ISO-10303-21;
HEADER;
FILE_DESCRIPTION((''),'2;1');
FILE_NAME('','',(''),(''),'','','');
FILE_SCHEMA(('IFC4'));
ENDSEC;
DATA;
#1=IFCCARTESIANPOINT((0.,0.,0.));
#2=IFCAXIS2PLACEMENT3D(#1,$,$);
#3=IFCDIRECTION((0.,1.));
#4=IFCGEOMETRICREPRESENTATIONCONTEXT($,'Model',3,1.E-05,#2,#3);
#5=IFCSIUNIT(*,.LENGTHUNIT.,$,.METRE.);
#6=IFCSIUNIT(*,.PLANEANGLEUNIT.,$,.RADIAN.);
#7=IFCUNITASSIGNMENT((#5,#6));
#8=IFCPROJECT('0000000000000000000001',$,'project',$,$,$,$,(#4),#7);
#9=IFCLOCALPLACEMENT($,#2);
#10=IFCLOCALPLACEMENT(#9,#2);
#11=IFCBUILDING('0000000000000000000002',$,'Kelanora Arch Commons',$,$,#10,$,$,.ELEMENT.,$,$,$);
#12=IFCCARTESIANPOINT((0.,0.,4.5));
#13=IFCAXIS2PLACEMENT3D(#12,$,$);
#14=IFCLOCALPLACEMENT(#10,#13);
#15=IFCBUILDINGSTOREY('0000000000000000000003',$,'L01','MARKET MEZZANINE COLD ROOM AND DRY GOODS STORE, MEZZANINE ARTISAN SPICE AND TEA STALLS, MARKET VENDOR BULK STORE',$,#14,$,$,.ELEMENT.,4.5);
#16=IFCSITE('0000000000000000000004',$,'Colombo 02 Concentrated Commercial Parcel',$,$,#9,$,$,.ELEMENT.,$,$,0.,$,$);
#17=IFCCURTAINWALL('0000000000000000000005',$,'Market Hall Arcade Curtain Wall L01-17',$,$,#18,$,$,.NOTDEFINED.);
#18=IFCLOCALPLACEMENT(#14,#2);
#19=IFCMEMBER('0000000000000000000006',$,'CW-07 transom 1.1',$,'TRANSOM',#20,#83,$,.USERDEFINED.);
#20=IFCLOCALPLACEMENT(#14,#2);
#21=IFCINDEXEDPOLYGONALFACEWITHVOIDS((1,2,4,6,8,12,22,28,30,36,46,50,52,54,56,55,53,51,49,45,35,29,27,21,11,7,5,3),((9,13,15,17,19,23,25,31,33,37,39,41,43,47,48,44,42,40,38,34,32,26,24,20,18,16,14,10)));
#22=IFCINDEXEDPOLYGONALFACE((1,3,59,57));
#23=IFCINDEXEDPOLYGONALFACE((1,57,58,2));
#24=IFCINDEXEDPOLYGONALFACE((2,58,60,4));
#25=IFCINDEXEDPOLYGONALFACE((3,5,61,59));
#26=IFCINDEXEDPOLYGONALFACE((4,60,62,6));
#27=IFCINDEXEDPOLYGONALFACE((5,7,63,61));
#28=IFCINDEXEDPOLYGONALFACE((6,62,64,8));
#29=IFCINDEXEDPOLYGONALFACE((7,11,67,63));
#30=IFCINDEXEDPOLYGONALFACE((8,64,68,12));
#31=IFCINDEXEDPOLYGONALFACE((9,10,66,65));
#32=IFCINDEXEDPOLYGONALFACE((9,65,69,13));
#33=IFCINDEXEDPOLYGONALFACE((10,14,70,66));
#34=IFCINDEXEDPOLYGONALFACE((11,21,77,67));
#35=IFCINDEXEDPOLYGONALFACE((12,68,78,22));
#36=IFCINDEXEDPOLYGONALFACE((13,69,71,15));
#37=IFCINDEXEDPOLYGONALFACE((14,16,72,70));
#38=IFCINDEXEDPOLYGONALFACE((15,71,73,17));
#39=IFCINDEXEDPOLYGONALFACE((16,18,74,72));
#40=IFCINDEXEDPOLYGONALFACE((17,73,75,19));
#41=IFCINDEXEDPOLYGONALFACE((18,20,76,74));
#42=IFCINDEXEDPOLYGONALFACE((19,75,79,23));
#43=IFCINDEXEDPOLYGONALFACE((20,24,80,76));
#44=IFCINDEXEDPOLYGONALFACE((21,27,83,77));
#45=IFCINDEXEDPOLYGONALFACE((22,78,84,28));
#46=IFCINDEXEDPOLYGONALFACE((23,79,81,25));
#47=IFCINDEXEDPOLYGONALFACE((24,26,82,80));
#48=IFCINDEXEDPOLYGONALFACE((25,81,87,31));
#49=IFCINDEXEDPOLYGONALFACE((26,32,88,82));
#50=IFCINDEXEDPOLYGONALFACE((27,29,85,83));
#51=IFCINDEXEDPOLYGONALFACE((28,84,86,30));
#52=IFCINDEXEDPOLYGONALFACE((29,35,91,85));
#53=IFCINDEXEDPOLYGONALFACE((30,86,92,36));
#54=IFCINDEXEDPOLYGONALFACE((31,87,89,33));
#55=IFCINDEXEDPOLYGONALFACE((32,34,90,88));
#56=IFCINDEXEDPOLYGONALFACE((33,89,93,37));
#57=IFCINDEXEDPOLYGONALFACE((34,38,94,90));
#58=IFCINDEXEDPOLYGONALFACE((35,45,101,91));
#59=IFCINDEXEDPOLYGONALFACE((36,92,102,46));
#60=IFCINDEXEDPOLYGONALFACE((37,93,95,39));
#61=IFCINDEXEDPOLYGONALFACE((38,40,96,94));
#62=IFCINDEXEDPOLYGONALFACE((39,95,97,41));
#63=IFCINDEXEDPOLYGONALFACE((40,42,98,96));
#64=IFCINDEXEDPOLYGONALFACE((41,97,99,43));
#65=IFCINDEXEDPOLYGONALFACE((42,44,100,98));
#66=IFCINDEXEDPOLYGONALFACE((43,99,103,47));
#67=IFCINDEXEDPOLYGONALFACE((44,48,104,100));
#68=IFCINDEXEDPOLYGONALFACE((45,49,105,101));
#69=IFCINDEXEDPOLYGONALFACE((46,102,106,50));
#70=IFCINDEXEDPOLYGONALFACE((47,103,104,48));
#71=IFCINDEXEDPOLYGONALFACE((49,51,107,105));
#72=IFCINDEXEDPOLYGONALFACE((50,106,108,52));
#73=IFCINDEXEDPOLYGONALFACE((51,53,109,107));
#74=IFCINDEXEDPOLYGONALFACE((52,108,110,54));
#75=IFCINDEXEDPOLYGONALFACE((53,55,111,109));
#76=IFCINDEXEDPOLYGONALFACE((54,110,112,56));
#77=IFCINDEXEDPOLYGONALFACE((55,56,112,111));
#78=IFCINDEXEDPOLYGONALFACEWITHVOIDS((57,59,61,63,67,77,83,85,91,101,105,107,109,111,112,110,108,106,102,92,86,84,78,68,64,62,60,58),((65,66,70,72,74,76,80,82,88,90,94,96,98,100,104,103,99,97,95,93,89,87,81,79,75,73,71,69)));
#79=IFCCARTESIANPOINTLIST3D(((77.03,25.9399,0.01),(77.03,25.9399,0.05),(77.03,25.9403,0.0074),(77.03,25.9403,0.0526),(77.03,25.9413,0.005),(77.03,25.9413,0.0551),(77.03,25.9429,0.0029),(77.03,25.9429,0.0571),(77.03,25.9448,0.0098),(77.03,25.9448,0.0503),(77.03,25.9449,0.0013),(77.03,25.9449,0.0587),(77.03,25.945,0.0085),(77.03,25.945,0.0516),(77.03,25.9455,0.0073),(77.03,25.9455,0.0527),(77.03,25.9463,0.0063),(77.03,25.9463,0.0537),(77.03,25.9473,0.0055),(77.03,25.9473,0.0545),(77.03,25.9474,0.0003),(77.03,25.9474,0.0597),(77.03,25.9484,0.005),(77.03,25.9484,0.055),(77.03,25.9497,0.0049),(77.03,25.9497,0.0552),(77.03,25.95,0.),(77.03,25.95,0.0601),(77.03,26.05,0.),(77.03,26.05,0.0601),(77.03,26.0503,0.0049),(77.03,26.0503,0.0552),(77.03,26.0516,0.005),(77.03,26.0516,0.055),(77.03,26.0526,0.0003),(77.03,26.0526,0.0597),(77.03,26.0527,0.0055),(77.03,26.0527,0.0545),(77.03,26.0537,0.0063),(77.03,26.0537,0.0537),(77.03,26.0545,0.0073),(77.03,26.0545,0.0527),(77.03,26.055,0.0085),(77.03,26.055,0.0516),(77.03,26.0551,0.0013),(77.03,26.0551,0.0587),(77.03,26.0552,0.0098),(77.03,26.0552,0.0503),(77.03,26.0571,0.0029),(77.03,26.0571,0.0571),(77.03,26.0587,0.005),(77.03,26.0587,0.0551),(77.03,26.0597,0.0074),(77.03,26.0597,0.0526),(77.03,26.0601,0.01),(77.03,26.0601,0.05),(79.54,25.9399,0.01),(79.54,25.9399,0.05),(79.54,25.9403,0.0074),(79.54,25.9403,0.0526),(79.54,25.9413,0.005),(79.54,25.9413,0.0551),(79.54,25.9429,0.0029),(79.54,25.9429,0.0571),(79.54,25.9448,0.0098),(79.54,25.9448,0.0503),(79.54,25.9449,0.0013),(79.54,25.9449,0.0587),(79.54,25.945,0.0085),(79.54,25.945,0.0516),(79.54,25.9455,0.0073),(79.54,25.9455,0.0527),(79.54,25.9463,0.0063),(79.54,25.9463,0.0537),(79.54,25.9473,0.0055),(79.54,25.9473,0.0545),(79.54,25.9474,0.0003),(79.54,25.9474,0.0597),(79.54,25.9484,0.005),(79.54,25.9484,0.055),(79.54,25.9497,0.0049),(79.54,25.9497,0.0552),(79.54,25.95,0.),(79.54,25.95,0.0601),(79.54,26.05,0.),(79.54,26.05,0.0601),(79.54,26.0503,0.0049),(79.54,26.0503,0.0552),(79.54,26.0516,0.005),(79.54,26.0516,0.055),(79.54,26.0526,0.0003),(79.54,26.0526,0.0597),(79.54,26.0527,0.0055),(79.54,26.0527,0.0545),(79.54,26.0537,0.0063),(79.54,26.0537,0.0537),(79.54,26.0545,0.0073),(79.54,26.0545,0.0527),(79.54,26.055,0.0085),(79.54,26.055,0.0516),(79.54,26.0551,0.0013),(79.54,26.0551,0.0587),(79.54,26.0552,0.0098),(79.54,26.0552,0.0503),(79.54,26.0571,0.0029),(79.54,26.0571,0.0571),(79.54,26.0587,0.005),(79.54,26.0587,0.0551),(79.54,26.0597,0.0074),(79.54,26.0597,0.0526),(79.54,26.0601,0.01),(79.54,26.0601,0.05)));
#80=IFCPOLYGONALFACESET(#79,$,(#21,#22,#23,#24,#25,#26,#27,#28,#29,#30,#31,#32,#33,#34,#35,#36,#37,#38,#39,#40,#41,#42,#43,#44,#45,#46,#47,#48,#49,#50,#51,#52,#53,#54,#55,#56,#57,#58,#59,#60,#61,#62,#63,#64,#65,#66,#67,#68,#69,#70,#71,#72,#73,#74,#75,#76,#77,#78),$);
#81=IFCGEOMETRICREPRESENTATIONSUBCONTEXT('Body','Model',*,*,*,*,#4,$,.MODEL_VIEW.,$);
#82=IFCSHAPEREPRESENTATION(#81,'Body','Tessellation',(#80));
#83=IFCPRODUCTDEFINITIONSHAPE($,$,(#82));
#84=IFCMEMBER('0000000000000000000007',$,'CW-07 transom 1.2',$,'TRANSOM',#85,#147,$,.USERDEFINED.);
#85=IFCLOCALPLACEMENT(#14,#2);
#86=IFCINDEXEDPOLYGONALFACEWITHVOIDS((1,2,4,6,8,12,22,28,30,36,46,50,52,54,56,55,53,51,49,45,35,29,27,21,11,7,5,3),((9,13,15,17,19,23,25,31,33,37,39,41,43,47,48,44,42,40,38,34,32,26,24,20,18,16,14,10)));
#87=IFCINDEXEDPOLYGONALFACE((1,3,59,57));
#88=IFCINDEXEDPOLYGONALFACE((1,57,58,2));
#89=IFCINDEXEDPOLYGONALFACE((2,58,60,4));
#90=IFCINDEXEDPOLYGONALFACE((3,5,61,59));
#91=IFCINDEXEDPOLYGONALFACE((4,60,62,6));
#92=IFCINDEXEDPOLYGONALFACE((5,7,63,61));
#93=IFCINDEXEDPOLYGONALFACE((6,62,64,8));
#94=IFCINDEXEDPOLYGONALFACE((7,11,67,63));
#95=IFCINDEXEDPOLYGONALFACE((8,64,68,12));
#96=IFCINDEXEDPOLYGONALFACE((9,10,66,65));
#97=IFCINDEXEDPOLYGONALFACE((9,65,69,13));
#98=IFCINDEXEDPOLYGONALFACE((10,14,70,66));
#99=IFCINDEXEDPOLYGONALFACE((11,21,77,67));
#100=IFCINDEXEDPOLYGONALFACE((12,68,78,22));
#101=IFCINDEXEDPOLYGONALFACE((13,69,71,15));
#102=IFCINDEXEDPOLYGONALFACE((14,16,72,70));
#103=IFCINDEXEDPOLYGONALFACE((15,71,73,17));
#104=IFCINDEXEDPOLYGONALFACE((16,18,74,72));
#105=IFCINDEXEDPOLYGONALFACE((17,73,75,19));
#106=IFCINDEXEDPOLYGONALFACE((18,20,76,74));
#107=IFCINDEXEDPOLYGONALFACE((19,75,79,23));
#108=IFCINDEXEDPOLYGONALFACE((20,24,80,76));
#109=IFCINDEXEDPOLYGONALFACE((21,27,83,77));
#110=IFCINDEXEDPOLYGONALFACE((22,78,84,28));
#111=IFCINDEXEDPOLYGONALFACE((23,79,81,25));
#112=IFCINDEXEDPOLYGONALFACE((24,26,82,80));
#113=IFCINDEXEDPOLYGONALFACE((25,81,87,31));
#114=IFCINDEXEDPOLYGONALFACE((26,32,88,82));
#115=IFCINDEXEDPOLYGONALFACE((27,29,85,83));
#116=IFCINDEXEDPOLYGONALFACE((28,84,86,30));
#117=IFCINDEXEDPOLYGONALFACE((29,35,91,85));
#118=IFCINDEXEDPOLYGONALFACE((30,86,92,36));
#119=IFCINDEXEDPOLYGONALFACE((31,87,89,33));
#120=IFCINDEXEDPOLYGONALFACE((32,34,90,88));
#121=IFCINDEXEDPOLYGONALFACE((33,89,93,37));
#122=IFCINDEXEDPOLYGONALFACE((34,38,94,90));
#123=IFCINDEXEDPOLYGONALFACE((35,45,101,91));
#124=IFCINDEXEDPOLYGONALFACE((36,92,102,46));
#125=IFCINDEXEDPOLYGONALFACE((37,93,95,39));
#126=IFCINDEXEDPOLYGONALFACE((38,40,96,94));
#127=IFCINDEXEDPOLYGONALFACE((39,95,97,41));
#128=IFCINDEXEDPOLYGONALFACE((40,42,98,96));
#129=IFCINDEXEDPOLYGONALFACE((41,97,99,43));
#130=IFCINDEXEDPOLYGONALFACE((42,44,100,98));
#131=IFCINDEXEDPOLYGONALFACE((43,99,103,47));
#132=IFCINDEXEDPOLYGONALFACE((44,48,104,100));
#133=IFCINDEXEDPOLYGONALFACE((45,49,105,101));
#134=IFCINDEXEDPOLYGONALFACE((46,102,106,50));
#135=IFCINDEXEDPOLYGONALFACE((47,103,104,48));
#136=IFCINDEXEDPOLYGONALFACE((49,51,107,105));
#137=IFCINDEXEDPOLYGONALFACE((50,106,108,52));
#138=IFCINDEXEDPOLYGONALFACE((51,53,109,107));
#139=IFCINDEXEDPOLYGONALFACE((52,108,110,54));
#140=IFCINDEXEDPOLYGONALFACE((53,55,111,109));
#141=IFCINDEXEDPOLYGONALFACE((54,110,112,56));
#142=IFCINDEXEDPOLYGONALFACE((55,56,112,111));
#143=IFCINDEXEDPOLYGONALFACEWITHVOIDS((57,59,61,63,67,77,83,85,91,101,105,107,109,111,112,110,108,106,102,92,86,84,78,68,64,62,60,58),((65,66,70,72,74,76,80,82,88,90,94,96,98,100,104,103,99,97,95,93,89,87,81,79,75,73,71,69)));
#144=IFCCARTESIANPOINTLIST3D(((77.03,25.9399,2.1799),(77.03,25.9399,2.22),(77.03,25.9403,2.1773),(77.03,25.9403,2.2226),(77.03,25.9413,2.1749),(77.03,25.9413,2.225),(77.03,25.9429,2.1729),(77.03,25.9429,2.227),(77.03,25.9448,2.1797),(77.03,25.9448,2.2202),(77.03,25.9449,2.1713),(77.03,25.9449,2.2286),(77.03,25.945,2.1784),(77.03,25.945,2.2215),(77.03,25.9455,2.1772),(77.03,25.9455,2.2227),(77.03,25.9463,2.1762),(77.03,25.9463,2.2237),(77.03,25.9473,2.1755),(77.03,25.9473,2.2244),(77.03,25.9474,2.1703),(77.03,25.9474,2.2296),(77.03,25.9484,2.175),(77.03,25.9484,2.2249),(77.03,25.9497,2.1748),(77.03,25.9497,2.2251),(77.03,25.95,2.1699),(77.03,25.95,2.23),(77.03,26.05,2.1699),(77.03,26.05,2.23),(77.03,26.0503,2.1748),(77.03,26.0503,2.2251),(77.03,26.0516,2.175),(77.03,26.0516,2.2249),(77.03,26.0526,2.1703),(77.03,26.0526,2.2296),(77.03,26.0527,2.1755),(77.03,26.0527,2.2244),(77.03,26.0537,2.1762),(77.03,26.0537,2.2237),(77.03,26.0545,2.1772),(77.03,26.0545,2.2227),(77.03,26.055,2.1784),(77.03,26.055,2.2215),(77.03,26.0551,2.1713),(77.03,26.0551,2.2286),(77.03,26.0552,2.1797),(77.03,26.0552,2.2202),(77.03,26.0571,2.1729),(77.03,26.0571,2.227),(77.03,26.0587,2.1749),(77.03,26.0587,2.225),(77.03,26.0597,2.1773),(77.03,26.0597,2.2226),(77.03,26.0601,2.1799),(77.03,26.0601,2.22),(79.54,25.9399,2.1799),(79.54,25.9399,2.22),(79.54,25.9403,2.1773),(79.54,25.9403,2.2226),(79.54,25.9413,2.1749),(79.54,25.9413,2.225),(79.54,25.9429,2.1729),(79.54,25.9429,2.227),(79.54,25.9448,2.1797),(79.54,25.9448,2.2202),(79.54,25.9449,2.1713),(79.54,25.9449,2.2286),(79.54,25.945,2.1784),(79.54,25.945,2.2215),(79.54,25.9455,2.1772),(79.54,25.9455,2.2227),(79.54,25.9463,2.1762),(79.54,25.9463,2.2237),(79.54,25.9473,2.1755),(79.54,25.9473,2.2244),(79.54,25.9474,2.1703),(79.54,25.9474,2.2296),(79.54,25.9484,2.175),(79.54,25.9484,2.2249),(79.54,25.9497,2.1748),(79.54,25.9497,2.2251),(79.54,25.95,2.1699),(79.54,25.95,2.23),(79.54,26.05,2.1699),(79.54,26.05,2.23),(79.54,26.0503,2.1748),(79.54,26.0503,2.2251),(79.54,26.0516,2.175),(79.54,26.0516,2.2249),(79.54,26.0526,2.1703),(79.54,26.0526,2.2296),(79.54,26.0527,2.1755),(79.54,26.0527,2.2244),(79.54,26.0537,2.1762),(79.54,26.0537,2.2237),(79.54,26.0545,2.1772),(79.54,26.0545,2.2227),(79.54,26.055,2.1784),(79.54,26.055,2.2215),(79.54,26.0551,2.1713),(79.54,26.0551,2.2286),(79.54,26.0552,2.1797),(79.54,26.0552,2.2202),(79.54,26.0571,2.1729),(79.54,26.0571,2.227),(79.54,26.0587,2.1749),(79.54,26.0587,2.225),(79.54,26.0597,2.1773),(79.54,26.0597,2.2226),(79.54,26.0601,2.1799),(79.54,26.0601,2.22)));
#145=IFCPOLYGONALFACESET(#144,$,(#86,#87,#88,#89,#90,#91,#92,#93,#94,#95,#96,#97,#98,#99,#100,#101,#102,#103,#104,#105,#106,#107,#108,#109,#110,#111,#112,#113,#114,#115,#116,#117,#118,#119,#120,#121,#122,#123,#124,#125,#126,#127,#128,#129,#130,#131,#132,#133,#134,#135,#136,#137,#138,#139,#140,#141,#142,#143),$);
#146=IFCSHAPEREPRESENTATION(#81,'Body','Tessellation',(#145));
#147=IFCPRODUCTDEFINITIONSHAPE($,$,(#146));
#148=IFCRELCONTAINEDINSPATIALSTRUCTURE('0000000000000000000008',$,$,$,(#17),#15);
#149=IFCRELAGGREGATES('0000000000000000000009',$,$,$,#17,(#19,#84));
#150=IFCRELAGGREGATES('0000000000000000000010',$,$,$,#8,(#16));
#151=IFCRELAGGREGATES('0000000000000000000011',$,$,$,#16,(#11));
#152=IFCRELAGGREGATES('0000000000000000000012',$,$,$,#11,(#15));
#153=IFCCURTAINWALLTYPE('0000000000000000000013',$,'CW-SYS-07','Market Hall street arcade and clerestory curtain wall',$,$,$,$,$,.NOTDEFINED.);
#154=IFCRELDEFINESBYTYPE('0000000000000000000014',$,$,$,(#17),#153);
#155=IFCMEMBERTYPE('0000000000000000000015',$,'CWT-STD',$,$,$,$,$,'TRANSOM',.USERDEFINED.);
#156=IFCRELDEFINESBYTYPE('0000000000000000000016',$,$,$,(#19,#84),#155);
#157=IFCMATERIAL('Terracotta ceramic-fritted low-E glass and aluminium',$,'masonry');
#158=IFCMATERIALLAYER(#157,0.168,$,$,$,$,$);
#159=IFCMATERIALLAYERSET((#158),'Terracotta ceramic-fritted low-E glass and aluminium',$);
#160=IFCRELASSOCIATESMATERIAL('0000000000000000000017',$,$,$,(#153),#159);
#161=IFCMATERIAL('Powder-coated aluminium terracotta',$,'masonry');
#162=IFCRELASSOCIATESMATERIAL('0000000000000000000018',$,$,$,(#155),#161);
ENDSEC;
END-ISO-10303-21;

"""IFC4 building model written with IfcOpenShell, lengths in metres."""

from ifc_helpers import new_model, si_unit, direction, frame, origin, origin_2d, place, context, subcontext, project, spatial, hollow_rectangle, extrude, material, layer, layer_set, material_profile, profile_set, type_object, element, aggregate, save


model = new_model("IFC4")

# Units and contexts
model_context = context("Model", 3, precision=1e-05, world=origin(), true_north=direction((0.0, 1.0)))
body_context = subcontext(model_context, "Body", "Model", "MODEL_VIEW")
ifc_project = project(units=[si_unit("LENGTHUNIT", "METRE"), si_unit("PLANEANGLEUNIT", "RADIAN")], contexts=[model_context])

# Site, building, storey
site_placement = place(None, origin())
site = spatial("IfcSite", under=ifc_project, at=site_placement, Name="Colombo 02 Concentrated Commercial Parcel", CompositionType="ELEMENT", RefElevation=0.0)
building_placement = place(site_placement, origin())
building = spatial("IfcBuilding", under=site, at=building_placement, Name="Kelanora Arch Commons", CompositionType="ELEMENT")
storey_placement = place(building_placement, frame((0.0, 0.0, 4.5)))
storey = spatial("IfcBuildingStorey", under=building, at=storey_placement, Name="L01", Description="MARKET MEZZANINE COLD ROOM AND DRY GOODS STORE, MEZZANINE ARTISAN SPICE AND TEA STALLS, MARKET VENDOR BULK STORE", CompositionType="ELEMENT", Elevation=4.5)

# Curtain wall, members
ifc_material_1 = material(Name="Terracotta ceramic-fritted low-E glass and aluminium", Category="masonry")
ifc_layer_1 = layer(ifc_material_1, 0.168)
ifc_layer_set_1 = layer_set([ifc_layer_1], Name="Terracotta ceramic-fritted low-E glass and aluminium")
curtain_wall_type = type_object("IfcCurtainWallType", Name="CW-SYS-07", Description="Market Hall street arcade and clerestory curtain wall", PredefinedType="NOTDEFINED", material=ifc_layer_set_1)
curtain_wall_placement = place(storey_placement, origin())
curtain_wall = element("IfcCurtainWall", 1, at=curtain_wall_placement, inside=storey, type_object=curtain_wall_type, Name="Market Hall Arcade Curtain Wall L01-17", PredefinedType="NOTDEFINED")
ifc_material_2 = material(Name="Powder-coated aluminium terracotta", Category="masonry")
ifc_material_profile_1 = material_profile(ifc_material_2, hollow_rectangle(XDim=0.1201, YDim=0.0601, WallThickness=0.0049, InnerFilletRadius=0.0049, OuterFilletRadius=0.01, at=origin_2d()), Name="CWT120x60")
ifc_profile_set_1 = profile_set([ifc_material_profile_1], Name="Powder-coated aluminium terracotta")
member_type_1 = type_object("IfcMemberType", Name="CWT-STD", ElementType="TRANSOM", PredefinedType="USERDEFINED", material=ifc_profile_set_1)
member_1_placement = place(storey_placement, frame((79.54, 26.0, 0.03), z_axis=(-1.0, 0.0, 0.0), x_axis=(0.0, -1.0, 0.0)))
member_1 = element("IfcMember", 2, at=member_1_placement, type_object=member_type_1, Name="CW-07 transom 1.1", ObjectType="TRANSOM", PredefinedType="USERDEFINED", context=body_context, shape_type="SweptSolid", body=[
    extrude(hollow_rectangle(XDim=0.1201, YDim=0.0601, WallThickness=0.0049, InnerFilletRadius=0.0049, OuterFilletRadius=0.01, at=origin_2d()), origin(), (0.0, 0.0, 1.0), 2.51),
])
member_2_placement = place(storey_placement, frame((79.54, 26.0, 2.2), z_axis=(-1.0, 0.0, 0.0), x_axis=(0.0, -1.0, 0.0)))
member_2 = element("IfcMember", 3, at=member_2_placement, type_object=member_type_1, Name="CW-07 transom 1.2", ObjectType="TRANSOM", PredefinedType="USERDEFINED", context=body_context, shape_type="SweptSolid", body=[
    extrude(hollow_rectangle(XDim=0.1201, YDim=0.0601, WallThickness=0.0049, InnerFilletRadius=0.0049, OuterFilletRadius=0.01, at=origin_2d()), origin(), (0.0, 0.0, 1.0), 2.51),
])
aggregate(curtain_wall, [member_1, member_2])

save(model, "model.ifc")
